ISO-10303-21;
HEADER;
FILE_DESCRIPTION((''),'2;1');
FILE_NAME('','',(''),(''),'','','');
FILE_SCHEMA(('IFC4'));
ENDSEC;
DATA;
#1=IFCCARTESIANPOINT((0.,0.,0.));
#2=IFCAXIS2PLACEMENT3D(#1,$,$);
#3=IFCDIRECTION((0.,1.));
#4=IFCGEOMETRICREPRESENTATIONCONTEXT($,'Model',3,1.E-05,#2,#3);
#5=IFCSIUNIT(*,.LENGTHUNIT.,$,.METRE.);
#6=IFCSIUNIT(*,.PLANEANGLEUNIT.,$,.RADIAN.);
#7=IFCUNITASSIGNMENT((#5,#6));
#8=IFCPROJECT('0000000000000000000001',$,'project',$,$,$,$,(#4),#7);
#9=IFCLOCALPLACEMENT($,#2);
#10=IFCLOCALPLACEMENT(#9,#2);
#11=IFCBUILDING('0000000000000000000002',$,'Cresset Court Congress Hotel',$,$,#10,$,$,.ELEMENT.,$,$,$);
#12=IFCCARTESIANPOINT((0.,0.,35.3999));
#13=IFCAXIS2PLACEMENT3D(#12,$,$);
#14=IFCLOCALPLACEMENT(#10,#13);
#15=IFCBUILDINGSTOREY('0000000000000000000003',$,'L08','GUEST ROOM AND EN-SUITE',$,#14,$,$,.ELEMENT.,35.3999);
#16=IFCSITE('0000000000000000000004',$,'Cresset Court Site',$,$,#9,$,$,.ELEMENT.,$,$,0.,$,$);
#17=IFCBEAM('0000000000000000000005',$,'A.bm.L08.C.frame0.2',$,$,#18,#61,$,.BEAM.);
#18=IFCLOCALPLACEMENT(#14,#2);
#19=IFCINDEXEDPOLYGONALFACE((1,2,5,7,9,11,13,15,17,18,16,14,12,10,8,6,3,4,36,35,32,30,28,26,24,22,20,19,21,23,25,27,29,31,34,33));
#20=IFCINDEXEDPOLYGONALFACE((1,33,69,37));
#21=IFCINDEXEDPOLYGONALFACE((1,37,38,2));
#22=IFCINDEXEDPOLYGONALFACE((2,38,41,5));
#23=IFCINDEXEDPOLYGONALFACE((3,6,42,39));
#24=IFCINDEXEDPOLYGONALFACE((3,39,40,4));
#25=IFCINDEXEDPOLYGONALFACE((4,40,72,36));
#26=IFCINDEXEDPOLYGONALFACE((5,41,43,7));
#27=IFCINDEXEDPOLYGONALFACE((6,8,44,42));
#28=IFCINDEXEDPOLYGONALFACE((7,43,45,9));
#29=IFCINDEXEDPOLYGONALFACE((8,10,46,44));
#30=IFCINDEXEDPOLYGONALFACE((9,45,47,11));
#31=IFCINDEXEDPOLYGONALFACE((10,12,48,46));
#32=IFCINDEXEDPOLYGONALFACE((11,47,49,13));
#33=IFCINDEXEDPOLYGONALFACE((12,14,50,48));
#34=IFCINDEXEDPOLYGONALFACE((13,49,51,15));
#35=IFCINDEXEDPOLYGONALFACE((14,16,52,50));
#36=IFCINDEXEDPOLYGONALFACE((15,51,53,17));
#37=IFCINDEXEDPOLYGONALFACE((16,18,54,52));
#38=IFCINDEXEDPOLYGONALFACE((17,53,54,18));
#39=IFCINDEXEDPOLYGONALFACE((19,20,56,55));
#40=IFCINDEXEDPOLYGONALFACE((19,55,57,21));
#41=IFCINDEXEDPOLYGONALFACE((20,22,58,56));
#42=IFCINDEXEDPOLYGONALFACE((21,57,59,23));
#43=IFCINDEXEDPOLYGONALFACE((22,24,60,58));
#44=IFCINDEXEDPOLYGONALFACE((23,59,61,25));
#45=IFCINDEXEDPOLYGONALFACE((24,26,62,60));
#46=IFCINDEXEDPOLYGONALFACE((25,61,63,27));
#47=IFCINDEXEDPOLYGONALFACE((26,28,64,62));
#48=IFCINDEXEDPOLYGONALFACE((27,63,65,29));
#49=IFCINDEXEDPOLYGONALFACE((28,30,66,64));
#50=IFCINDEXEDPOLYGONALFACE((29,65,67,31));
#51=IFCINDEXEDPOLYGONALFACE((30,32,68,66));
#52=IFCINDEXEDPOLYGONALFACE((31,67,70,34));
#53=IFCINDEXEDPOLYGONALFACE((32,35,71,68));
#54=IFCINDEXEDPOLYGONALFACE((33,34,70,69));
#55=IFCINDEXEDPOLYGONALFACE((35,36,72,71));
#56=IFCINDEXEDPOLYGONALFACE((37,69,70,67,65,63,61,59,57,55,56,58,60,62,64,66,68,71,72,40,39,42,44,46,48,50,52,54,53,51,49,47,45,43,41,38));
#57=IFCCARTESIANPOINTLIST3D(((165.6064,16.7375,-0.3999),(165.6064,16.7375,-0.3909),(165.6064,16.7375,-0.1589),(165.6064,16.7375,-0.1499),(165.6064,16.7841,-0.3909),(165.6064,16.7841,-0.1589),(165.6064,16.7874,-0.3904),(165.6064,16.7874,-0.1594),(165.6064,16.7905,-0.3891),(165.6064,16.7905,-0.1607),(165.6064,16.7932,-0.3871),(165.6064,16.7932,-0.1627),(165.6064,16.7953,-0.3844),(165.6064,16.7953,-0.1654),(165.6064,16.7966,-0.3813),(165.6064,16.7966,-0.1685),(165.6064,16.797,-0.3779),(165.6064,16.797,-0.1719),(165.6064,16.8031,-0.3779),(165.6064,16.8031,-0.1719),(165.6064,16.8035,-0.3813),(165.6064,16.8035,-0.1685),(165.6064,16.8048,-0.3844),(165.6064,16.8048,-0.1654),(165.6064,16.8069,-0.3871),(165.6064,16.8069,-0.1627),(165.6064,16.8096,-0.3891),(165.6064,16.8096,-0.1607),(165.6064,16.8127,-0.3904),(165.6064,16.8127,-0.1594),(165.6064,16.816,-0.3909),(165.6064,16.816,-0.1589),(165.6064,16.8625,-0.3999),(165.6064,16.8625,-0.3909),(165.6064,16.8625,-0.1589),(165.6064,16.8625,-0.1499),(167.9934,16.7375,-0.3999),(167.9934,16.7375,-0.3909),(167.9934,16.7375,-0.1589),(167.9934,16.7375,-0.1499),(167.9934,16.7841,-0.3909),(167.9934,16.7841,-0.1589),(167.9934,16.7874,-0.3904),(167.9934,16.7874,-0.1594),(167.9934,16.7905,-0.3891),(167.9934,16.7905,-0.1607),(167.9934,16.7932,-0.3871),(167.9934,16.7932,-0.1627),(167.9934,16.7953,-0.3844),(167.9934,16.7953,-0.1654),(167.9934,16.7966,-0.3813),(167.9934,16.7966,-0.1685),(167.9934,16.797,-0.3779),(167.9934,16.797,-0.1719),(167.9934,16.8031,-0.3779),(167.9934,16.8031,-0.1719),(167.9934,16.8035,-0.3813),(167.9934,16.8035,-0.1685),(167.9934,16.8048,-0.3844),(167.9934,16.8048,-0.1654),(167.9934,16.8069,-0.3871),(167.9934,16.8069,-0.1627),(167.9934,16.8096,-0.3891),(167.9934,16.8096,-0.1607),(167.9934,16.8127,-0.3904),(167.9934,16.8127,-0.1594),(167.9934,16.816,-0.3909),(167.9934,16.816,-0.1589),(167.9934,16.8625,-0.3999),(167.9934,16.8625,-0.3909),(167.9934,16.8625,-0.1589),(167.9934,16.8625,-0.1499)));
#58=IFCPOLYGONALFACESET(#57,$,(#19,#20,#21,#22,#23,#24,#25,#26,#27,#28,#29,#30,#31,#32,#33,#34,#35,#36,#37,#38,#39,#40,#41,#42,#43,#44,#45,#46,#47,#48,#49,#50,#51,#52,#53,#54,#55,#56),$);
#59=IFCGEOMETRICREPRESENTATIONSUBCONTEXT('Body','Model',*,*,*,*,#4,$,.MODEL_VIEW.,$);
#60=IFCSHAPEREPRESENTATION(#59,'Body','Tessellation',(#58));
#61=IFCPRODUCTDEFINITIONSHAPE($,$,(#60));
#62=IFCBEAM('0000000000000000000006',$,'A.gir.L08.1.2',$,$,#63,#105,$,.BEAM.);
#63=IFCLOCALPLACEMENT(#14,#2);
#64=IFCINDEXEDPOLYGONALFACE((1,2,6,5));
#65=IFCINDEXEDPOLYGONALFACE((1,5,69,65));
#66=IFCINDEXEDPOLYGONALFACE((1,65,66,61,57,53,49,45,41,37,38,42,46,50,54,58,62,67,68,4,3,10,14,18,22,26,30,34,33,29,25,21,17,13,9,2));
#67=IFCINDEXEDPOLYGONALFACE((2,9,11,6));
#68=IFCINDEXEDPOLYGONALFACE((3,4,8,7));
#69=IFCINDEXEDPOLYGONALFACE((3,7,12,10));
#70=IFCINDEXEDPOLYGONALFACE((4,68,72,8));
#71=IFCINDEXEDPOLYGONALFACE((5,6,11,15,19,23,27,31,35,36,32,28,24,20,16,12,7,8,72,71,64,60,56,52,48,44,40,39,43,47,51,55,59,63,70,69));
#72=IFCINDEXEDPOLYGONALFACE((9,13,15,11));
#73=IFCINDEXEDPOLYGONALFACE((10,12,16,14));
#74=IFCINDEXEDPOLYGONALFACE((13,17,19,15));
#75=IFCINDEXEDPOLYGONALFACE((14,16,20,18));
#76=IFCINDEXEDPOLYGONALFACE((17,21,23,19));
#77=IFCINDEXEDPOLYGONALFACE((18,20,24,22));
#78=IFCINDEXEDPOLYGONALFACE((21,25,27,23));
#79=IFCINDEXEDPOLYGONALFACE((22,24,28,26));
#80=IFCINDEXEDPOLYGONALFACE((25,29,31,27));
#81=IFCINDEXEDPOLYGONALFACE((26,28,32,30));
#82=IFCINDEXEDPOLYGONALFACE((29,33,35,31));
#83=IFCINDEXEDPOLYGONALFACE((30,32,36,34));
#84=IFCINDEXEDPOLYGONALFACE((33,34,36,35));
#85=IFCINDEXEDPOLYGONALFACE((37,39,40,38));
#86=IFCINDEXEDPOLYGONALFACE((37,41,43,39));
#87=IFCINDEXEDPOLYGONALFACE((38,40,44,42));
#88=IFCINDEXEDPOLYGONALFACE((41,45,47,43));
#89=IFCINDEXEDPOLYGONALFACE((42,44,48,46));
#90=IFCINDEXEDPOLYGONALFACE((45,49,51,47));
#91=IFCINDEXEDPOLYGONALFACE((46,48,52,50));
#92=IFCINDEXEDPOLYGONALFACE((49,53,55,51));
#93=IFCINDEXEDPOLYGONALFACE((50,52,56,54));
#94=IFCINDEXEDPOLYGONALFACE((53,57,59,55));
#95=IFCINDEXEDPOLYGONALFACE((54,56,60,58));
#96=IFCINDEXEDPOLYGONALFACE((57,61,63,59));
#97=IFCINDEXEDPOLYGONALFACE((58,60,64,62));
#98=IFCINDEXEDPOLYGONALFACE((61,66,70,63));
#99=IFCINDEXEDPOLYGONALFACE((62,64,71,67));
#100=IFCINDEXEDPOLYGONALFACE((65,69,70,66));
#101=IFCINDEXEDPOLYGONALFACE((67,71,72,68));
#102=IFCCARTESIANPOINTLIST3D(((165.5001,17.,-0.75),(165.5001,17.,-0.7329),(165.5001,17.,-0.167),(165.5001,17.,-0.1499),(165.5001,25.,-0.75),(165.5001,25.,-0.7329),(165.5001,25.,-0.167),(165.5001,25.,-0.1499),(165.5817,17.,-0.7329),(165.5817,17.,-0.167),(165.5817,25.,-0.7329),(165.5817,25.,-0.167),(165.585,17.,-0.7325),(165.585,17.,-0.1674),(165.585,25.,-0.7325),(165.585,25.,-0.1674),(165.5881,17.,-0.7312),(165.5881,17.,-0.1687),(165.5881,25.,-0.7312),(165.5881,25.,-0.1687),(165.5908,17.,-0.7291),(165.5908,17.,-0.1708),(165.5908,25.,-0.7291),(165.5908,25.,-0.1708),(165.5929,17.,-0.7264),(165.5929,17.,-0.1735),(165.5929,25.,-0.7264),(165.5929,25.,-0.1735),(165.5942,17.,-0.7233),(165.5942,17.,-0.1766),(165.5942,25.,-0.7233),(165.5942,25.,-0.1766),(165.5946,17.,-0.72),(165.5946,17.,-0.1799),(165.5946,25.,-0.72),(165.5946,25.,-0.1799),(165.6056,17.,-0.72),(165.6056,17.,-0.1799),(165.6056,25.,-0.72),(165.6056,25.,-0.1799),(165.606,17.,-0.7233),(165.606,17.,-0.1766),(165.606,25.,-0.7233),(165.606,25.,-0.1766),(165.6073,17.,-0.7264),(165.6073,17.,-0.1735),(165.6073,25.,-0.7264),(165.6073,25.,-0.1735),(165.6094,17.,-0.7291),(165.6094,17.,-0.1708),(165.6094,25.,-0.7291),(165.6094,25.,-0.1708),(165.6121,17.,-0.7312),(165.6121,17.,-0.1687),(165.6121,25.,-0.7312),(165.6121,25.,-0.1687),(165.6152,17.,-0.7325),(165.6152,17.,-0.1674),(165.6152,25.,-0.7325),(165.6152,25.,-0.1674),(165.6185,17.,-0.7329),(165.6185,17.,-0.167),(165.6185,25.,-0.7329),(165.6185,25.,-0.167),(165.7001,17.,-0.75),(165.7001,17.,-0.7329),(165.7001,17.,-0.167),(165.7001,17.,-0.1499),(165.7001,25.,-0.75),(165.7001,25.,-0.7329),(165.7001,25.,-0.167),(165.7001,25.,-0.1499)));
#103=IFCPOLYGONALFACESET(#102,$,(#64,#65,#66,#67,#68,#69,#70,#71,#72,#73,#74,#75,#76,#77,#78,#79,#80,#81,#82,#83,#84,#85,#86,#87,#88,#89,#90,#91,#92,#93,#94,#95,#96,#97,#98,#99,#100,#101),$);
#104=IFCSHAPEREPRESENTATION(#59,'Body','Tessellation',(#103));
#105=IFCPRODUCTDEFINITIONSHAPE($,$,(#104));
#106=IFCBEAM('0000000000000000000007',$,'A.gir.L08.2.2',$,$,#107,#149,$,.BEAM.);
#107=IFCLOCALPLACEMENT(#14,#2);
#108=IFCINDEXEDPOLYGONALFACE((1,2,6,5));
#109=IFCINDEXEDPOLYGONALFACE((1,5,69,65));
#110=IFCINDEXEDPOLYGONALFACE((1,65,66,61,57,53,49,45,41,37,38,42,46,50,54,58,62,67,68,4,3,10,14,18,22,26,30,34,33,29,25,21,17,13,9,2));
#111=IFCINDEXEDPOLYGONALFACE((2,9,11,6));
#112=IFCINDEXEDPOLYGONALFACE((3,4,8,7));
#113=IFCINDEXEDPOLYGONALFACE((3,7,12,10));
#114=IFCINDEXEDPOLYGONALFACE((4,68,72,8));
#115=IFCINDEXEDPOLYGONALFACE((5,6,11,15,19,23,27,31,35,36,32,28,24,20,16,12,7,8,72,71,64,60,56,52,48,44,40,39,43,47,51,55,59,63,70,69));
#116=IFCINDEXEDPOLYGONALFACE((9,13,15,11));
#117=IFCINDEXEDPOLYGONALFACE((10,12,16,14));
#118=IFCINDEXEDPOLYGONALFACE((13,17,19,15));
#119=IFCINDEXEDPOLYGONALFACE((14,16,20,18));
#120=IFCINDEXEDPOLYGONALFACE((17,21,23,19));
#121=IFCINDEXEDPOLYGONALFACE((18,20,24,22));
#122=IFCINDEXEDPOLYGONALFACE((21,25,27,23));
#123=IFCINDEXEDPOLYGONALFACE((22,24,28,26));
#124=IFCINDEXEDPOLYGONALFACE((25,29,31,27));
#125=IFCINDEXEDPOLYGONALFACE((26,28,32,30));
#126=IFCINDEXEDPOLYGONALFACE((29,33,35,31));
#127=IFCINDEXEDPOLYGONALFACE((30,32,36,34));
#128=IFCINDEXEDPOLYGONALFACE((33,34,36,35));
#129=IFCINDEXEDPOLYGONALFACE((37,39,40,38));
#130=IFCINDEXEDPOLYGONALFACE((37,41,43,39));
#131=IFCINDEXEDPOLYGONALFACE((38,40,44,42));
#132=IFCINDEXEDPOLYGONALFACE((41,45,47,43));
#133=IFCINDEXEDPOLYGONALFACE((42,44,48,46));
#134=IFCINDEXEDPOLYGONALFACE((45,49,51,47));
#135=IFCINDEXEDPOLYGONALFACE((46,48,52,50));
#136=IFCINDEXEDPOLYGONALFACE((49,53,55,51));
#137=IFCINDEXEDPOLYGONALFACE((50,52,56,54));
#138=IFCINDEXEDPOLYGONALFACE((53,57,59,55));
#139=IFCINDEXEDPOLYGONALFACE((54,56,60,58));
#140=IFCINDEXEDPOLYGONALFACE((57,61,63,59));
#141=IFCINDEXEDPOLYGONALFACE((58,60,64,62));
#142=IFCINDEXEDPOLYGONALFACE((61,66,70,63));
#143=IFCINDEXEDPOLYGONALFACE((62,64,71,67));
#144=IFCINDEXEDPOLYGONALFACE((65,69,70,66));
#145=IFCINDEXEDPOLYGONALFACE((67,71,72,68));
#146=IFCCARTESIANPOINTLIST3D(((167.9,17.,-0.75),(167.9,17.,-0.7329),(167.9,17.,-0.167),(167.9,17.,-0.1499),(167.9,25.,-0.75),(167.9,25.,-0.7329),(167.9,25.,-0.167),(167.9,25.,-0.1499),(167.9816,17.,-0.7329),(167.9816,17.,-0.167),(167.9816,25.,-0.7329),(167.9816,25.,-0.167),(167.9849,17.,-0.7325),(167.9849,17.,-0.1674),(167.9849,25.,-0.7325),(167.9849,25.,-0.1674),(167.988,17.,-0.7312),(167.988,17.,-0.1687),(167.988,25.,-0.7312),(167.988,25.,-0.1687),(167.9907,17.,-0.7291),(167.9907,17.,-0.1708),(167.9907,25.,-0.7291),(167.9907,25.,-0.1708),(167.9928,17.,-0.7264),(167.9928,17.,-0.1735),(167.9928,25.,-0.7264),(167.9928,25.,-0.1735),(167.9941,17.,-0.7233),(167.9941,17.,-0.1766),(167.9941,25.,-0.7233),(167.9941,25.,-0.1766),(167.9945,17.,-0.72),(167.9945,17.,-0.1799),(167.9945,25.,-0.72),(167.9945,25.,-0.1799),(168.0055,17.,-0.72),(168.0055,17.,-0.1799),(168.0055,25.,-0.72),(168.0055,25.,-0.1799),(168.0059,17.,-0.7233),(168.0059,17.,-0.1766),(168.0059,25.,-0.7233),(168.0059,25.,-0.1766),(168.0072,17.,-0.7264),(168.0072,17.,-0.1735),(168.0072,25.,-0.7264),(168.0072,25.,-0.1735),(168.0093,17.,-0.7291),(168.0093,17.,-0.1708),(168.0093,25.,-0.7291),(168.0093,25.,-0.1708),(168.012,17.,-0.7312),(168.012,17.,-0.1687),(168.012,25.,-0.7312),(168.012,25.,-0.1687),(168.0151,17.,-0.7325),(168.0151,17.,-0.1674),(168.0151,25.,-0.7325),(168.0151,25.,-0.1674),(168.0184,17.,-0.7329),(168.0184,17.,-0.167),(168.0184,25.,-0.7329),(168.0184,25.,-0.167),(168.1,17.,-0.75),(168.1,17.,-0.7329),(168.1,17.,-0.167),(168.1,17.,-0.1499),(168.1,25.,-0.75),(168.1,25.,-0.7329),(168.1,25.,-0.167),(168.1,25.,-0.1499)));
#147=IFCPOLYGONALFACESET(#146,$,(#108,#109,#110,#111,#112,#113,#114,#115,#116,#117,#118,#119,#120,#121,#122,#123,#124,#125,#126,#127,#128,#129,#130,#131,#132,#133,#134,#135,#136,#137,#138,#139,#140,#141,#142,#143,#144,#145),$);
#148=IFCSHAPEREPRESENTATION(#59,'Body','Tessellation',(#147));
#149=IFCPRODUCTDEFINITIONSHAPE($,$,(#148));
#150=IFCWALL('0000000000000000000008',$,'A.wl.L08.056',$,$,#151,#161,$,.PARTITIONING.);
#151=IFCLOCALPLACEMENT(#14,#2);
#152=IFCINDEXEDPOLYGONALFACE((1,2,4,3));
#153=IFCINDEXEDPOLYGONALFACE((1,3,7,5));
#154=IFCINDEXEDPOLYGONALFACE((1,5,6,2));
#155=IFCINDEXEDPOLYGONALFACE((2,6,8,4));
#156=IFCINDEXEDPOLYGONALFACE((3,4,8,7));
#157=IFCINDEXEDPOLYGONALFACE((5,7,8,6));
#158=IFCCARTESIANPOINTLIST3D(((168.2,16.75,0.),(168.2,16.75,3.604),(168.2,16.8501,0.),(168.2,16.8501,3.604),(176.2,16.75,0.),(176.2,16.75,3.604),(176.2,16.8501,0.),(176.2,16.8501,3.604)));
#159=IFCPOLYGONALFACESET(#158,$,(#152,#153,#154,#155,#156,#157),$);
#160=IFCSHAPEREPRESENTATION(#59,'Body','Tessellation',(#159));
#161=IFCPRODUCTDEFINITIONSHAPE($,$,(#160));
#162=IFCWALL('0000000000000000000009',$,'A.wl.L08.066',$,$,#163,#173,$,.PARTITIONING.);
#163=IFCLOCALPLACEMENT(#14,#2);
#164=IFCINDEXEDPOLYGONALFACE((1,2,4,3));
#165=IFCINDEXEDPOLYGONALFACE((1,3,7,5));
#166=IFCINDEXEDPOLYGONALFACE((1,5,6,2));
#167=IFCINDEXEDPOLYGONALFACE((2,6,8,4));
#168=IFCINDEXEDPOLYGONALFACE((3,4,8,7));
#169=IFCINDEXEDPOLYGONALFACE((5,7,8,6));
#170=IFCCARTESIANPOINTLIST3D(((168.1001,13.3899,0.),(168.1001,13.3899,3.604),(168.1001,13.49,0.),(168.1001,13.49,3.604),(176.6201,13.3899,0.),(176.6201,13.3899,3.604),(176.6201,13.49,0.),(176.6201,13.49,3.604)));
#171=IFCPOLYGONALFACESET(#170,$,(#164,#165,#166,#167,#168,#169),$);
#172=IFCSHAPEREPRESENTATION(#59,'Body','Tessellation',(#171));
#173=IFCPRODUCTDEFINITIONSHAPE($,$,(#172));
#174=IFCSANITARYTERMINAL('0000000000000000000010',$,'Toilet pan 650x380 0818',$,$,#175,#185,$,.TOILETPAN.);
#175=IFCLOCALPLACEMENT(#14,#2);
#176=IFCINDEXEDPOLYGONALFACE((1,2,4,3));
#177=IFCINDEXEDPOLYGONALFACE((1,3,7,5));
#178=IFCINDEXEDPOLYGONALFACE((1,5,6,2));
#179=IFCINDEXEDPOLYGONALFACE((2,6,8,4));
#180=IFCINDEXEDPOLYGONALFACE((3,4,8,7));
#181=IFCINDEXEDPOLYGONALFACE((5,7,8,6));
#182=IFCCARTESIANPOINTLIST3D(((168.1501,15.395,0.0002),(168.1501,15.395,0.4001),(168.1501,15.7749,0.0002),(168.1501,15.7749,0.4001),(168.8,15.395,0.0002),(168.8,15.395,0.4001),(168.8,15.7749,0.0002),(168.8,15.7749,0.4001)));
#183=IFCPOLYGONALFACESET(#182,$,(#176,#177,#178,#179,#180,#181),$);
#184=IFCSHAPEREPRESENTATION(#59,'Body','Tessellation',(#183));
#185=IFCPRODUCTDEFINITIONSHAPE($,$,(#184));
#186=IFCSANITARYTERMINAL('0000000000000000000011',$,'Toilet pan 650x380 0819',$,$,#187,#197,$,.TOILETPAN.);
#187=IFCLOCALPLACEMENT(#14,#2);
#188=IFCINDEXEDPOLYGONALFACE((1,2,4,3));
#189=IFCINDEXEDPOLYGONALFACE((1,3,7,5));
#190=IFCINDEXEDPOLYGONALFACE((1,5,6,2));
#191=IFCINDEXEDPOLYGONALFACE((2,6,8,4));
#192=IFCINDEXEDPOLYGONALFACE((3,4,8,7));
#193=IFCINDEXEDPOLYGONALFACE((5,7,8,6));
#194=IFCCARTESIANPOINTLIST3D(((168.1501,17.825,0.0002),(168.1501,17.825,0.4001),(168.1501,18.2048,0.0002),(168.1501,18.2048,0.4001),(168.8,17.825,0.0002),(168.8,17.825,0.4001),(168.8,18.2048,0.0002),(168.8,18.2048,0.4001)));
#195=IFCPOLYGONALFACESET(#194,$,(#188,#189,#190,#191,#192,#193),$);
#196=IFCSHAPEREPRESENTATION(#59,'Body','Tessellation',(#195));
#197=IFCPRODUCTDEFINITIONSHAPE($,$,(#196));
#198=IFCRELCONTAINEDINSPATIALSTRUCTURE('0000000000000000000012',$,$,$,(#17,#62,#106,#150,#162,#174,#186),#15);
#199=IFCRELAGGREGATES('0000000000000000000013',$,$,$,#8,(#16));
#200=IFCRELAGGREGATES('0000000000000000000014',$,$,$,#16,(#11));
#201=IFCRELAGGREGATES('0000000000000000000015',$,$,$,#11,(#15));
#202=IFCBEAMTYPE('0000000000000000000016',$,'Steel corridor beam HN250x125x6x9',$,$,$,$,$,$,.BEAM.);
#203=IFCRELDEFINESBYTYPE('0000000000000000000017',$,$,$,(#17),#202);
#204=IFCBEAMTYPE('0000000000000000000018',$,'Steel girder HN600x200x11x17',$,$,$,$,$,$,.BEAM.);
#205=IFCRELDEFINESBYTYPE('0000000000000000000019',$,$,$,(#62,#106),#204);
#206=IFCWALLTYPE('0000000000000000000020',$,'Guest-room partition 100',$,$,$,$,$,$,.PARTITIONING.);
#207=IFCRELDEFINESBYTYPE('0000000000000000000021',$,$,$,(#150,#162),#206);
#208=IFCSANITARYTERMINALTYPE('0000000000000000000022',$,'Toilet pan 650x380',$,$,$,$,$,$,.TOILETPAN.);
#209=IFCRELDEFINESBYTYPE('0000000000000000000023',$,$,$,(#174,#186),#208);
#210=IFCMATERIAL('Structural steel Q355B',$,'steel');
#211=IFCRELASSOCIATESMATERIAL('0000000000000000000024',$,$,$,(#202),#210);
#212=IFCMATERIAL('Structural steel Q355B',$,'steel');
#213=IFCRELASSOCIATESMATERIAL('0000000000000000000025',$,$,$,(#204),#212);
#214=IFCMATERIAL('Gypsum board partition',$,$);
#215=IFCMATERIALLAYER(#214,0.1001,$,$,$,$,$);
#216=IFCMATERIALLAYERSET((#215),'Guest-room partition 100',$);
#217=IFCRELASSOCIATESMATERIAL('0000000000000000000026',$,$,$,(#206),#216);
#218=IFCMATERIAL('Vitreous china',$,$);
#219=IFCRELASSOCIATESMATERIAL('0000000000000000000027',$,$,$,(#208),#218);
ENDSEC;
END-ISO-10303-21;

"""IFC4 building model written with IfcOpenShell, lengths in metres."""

from ifc_helpers import new_model, si_unit, direction, frame, frame_2d, origin, origin_2d, place, context, subcontext, project, spatial, rectangle, i_section, extrude, material, layer, layer_set, material_profile, profile_set, type_object, element, save


model = new_model("IFC4")

# Units and contexts
model_context = context("Model", 3, precision=1e-05, world=origin(), true_north=direction((0.0, 1.0)))
body_context = subcontext(model_context, "Body", "Model", "MODEL_VIEW")
ifc_project = project(units=[si_unit("LENGTHUNIT", "METRE"), si_unit("PLANEANGLEUNIT", "RADIAN")], contexts=[model_context])

# Site, building, storey
site_placement = place(None, origin())
site = spatial("IfcSite", under=ifc_project, at=site_placement, Name="Cresset Court Site", CompositionType="ELEMENT", RefElevation=0.0)
building_placement = place(site_placement, origin())
building = spatial("IfcBuilding", under=site, at=building_placement, Name="Cresset Court Congress Hotel", CompositionType="ELEMENT")
storey_placement = place(building_placement, frame((0.0, 0.0, 35.3999)))
storey = spatial("IfcBuildingStorey", under=building, at=storey_placement, Name="L08", Description="GUEST ROOM AND EN-SUITE", CompositionType="ELEMENT", Elevation=35.3999)

# Beams
ifc_material_1 = material(Name="Structural steel Q355B", Category="steel")
ifc_material_profile_1 = material_profile(ifc_material_1, i_section(OverallWidth=0.125, OverallDepth=0.25, WebThickness=0.0061, FlangeThickness=0.009, FilletRadius=0.0129, at=origin_2d()), Name="HN250x125x6x9")
ifc_profile_set_1 = profile_set([ifc_material_profile_1], Name="Structural steel Q355B")
beam_type_1 = type_object("IfcBeamType", Name="Steel corridor beam HN250x125x6x9", PredefinedType="BEAM", material=ifc_profile_set_1)
beam_1_placement = place(storey_placement, frame((165.6064, 16.8, -0.2749), z_axis=(1.0, 0.0, 0.0), x_axis=(0.0, 1.0, 0.0)))
element("IfcBeam", 1, at=beam_1_placement, inside=storey, type_object=beam_type_1, Name="A.bm.L08.C.frame0.2", PredefinedType="BEAM", context=body_context, shape_type="SweptSolid", body=[
    extrude(i_section(OverallWidth=0.125, OverallDepth=0.25, WebThickness=0.0061, FlangeThickness=0.009, FilletRadius=0.0129, at=origin_2d()), origin(), (0.0, 0.0, 1.0), 2.387),
])
ifc_material_2 = material(Name="Structural steel Q355B", Category="steel")
ifc_material_profile_2 = material_profile(ifc_material_2, i_section(OverallWidth=0.2, OverallDepth=0.6001, WebThickness=0.011, FlangeThickness=0.0171, FilletRadius=0.0129, at=origin_2d()), Name="HN600x200x11x17")
ifc_profile_set_2 = profile_set([ifc_material_profile_2], Name="Structural steel Q355B")
beam_type_2 = type_object("IfcBeamType", Name="Steel girder HN600x200x11x17", PredefinedType="BEAM", material=ifc_profile_set_2)
for number, where, z_axis, x_axis, name in (
    (2, (165.6001, 17.0, -0.45), (0.0, 1.0, 0.0), (-1.0, 0.0, 0.0), "A.gir.L08.1.2"),
    (3, (168.0, 17.0, -0.45), (0.0, 1.0, 0.0), (-1.0, 0.0, 0.0), "A.gir.L08.2.2"),
):
    element("IfcBeam", number, at=place(storey_placement, frame(where, z_axis=z_axis, x_axis=x_axis)), inside=storey, type_object=beam_type_2, Name=name, PredefinedType="BEAM", context=body_context, shape_type="SweptSolid", body=[
        extrude(i_section(OverallWidth=0.2, OverallDepth=0.6001, WebThickness=0.011, FlangeThickness=0.0171, FilletRadius=0.0129, at=origin_2d()), origin(), (0.0, 0.0, 1.0), 8.0),
    ])

# Walls
ifc_material_3 = material(Name="Gypsum board partition")
ifc_layer_1 = layer(ifc_material_3, 0.1001)
ifc_layer_set_1 = layer_set([ifc_layer_1], Name="Guest-room partition 100")
wall_type_1 = type_object("IfcWallType", Name="Guest-room partition 100", PredefinedType="PARTITIONING", material=ifc_layer_set_1)
wall_1_placement = place(storey_placement, frame((168.2, 16.8, 0.0), z_axis=(0.0, 0.0, 1.0), x_axis=(1.0, 0.0, 0.0)))
element("IfcWall", 4, at=wall_1_placement, inside=storey, type_object=wall_type_1, Name="A.wl.L08.056", PredefinedType="PARTITIONING", context=body_context, shape_type="SweptSolid", body=[
    extrude(rectangle(XDim=8.0, YDim=0.1001, at=frame_2d((4.0, 0.0))), origin(), (0.0, 0.0, 1.0), 3.604),
])
wall_2_placement = place(storey_placement, frame((168.1001, 13.4399, 0.0), z_axis=(0.0, 0.0, 1.0), x_axis=(1.0, 0.0, 0.0)))
element("IfcWall", 5, at=wall_2_placement, inside=storey, type_object=wall_type_1, Name="A.wl.L08.066", PredefinedType="PARTITIONING", context=body_context, shape_type="SweptSolid", body=[
    extrude(rectangle(XDim=8.52, YDim=0.1001, at=frame_2d((4.26, 0.0))), origin(), (0.0, 0.0, 1.0), 3.604),
])

# Sanitary terminals
ifc_material_4 = material(Name="Vitreous china")
sanitary_terminal_type_1 = type_object("IfcSanitaryTerminalType", Name="Toilet pan 650x380", PredefinedType="TOILETPAN", material=ifc_material_4)
for number, where, z_axis, x_axis, name in (
    (6, (168.4751, 15.585, 0.0002), (0.0, 0.0, 1.0), (1.0, 0.0, 0.0), "Toilet pan 650x380 0818"),
    (7, (168.4751, 18.0149, 0.0002), (0.0, 0.0, 1.0), (1.0, 0.0, 0.0), "Toilet pan 650x380 0819"),
):
    element("IfcSanitaryTerminal", number, at=place(storey_placement, frame(where, z_axis=z_axis, x_axis=x_axis)), inside=storey, type_object=sanitary_terminal_type_1, Name=name, PredefinedType="TOILETPAN", context=body_context, shape_type="SweptSolid", body=[
        extrude(rectangle(XDim=0.6499, YDim=0.3799, at=origin_2d()), origin(), (0.0, 0.0, 1.0), 0.3999),
    ])

save(model, "model.ifc")
